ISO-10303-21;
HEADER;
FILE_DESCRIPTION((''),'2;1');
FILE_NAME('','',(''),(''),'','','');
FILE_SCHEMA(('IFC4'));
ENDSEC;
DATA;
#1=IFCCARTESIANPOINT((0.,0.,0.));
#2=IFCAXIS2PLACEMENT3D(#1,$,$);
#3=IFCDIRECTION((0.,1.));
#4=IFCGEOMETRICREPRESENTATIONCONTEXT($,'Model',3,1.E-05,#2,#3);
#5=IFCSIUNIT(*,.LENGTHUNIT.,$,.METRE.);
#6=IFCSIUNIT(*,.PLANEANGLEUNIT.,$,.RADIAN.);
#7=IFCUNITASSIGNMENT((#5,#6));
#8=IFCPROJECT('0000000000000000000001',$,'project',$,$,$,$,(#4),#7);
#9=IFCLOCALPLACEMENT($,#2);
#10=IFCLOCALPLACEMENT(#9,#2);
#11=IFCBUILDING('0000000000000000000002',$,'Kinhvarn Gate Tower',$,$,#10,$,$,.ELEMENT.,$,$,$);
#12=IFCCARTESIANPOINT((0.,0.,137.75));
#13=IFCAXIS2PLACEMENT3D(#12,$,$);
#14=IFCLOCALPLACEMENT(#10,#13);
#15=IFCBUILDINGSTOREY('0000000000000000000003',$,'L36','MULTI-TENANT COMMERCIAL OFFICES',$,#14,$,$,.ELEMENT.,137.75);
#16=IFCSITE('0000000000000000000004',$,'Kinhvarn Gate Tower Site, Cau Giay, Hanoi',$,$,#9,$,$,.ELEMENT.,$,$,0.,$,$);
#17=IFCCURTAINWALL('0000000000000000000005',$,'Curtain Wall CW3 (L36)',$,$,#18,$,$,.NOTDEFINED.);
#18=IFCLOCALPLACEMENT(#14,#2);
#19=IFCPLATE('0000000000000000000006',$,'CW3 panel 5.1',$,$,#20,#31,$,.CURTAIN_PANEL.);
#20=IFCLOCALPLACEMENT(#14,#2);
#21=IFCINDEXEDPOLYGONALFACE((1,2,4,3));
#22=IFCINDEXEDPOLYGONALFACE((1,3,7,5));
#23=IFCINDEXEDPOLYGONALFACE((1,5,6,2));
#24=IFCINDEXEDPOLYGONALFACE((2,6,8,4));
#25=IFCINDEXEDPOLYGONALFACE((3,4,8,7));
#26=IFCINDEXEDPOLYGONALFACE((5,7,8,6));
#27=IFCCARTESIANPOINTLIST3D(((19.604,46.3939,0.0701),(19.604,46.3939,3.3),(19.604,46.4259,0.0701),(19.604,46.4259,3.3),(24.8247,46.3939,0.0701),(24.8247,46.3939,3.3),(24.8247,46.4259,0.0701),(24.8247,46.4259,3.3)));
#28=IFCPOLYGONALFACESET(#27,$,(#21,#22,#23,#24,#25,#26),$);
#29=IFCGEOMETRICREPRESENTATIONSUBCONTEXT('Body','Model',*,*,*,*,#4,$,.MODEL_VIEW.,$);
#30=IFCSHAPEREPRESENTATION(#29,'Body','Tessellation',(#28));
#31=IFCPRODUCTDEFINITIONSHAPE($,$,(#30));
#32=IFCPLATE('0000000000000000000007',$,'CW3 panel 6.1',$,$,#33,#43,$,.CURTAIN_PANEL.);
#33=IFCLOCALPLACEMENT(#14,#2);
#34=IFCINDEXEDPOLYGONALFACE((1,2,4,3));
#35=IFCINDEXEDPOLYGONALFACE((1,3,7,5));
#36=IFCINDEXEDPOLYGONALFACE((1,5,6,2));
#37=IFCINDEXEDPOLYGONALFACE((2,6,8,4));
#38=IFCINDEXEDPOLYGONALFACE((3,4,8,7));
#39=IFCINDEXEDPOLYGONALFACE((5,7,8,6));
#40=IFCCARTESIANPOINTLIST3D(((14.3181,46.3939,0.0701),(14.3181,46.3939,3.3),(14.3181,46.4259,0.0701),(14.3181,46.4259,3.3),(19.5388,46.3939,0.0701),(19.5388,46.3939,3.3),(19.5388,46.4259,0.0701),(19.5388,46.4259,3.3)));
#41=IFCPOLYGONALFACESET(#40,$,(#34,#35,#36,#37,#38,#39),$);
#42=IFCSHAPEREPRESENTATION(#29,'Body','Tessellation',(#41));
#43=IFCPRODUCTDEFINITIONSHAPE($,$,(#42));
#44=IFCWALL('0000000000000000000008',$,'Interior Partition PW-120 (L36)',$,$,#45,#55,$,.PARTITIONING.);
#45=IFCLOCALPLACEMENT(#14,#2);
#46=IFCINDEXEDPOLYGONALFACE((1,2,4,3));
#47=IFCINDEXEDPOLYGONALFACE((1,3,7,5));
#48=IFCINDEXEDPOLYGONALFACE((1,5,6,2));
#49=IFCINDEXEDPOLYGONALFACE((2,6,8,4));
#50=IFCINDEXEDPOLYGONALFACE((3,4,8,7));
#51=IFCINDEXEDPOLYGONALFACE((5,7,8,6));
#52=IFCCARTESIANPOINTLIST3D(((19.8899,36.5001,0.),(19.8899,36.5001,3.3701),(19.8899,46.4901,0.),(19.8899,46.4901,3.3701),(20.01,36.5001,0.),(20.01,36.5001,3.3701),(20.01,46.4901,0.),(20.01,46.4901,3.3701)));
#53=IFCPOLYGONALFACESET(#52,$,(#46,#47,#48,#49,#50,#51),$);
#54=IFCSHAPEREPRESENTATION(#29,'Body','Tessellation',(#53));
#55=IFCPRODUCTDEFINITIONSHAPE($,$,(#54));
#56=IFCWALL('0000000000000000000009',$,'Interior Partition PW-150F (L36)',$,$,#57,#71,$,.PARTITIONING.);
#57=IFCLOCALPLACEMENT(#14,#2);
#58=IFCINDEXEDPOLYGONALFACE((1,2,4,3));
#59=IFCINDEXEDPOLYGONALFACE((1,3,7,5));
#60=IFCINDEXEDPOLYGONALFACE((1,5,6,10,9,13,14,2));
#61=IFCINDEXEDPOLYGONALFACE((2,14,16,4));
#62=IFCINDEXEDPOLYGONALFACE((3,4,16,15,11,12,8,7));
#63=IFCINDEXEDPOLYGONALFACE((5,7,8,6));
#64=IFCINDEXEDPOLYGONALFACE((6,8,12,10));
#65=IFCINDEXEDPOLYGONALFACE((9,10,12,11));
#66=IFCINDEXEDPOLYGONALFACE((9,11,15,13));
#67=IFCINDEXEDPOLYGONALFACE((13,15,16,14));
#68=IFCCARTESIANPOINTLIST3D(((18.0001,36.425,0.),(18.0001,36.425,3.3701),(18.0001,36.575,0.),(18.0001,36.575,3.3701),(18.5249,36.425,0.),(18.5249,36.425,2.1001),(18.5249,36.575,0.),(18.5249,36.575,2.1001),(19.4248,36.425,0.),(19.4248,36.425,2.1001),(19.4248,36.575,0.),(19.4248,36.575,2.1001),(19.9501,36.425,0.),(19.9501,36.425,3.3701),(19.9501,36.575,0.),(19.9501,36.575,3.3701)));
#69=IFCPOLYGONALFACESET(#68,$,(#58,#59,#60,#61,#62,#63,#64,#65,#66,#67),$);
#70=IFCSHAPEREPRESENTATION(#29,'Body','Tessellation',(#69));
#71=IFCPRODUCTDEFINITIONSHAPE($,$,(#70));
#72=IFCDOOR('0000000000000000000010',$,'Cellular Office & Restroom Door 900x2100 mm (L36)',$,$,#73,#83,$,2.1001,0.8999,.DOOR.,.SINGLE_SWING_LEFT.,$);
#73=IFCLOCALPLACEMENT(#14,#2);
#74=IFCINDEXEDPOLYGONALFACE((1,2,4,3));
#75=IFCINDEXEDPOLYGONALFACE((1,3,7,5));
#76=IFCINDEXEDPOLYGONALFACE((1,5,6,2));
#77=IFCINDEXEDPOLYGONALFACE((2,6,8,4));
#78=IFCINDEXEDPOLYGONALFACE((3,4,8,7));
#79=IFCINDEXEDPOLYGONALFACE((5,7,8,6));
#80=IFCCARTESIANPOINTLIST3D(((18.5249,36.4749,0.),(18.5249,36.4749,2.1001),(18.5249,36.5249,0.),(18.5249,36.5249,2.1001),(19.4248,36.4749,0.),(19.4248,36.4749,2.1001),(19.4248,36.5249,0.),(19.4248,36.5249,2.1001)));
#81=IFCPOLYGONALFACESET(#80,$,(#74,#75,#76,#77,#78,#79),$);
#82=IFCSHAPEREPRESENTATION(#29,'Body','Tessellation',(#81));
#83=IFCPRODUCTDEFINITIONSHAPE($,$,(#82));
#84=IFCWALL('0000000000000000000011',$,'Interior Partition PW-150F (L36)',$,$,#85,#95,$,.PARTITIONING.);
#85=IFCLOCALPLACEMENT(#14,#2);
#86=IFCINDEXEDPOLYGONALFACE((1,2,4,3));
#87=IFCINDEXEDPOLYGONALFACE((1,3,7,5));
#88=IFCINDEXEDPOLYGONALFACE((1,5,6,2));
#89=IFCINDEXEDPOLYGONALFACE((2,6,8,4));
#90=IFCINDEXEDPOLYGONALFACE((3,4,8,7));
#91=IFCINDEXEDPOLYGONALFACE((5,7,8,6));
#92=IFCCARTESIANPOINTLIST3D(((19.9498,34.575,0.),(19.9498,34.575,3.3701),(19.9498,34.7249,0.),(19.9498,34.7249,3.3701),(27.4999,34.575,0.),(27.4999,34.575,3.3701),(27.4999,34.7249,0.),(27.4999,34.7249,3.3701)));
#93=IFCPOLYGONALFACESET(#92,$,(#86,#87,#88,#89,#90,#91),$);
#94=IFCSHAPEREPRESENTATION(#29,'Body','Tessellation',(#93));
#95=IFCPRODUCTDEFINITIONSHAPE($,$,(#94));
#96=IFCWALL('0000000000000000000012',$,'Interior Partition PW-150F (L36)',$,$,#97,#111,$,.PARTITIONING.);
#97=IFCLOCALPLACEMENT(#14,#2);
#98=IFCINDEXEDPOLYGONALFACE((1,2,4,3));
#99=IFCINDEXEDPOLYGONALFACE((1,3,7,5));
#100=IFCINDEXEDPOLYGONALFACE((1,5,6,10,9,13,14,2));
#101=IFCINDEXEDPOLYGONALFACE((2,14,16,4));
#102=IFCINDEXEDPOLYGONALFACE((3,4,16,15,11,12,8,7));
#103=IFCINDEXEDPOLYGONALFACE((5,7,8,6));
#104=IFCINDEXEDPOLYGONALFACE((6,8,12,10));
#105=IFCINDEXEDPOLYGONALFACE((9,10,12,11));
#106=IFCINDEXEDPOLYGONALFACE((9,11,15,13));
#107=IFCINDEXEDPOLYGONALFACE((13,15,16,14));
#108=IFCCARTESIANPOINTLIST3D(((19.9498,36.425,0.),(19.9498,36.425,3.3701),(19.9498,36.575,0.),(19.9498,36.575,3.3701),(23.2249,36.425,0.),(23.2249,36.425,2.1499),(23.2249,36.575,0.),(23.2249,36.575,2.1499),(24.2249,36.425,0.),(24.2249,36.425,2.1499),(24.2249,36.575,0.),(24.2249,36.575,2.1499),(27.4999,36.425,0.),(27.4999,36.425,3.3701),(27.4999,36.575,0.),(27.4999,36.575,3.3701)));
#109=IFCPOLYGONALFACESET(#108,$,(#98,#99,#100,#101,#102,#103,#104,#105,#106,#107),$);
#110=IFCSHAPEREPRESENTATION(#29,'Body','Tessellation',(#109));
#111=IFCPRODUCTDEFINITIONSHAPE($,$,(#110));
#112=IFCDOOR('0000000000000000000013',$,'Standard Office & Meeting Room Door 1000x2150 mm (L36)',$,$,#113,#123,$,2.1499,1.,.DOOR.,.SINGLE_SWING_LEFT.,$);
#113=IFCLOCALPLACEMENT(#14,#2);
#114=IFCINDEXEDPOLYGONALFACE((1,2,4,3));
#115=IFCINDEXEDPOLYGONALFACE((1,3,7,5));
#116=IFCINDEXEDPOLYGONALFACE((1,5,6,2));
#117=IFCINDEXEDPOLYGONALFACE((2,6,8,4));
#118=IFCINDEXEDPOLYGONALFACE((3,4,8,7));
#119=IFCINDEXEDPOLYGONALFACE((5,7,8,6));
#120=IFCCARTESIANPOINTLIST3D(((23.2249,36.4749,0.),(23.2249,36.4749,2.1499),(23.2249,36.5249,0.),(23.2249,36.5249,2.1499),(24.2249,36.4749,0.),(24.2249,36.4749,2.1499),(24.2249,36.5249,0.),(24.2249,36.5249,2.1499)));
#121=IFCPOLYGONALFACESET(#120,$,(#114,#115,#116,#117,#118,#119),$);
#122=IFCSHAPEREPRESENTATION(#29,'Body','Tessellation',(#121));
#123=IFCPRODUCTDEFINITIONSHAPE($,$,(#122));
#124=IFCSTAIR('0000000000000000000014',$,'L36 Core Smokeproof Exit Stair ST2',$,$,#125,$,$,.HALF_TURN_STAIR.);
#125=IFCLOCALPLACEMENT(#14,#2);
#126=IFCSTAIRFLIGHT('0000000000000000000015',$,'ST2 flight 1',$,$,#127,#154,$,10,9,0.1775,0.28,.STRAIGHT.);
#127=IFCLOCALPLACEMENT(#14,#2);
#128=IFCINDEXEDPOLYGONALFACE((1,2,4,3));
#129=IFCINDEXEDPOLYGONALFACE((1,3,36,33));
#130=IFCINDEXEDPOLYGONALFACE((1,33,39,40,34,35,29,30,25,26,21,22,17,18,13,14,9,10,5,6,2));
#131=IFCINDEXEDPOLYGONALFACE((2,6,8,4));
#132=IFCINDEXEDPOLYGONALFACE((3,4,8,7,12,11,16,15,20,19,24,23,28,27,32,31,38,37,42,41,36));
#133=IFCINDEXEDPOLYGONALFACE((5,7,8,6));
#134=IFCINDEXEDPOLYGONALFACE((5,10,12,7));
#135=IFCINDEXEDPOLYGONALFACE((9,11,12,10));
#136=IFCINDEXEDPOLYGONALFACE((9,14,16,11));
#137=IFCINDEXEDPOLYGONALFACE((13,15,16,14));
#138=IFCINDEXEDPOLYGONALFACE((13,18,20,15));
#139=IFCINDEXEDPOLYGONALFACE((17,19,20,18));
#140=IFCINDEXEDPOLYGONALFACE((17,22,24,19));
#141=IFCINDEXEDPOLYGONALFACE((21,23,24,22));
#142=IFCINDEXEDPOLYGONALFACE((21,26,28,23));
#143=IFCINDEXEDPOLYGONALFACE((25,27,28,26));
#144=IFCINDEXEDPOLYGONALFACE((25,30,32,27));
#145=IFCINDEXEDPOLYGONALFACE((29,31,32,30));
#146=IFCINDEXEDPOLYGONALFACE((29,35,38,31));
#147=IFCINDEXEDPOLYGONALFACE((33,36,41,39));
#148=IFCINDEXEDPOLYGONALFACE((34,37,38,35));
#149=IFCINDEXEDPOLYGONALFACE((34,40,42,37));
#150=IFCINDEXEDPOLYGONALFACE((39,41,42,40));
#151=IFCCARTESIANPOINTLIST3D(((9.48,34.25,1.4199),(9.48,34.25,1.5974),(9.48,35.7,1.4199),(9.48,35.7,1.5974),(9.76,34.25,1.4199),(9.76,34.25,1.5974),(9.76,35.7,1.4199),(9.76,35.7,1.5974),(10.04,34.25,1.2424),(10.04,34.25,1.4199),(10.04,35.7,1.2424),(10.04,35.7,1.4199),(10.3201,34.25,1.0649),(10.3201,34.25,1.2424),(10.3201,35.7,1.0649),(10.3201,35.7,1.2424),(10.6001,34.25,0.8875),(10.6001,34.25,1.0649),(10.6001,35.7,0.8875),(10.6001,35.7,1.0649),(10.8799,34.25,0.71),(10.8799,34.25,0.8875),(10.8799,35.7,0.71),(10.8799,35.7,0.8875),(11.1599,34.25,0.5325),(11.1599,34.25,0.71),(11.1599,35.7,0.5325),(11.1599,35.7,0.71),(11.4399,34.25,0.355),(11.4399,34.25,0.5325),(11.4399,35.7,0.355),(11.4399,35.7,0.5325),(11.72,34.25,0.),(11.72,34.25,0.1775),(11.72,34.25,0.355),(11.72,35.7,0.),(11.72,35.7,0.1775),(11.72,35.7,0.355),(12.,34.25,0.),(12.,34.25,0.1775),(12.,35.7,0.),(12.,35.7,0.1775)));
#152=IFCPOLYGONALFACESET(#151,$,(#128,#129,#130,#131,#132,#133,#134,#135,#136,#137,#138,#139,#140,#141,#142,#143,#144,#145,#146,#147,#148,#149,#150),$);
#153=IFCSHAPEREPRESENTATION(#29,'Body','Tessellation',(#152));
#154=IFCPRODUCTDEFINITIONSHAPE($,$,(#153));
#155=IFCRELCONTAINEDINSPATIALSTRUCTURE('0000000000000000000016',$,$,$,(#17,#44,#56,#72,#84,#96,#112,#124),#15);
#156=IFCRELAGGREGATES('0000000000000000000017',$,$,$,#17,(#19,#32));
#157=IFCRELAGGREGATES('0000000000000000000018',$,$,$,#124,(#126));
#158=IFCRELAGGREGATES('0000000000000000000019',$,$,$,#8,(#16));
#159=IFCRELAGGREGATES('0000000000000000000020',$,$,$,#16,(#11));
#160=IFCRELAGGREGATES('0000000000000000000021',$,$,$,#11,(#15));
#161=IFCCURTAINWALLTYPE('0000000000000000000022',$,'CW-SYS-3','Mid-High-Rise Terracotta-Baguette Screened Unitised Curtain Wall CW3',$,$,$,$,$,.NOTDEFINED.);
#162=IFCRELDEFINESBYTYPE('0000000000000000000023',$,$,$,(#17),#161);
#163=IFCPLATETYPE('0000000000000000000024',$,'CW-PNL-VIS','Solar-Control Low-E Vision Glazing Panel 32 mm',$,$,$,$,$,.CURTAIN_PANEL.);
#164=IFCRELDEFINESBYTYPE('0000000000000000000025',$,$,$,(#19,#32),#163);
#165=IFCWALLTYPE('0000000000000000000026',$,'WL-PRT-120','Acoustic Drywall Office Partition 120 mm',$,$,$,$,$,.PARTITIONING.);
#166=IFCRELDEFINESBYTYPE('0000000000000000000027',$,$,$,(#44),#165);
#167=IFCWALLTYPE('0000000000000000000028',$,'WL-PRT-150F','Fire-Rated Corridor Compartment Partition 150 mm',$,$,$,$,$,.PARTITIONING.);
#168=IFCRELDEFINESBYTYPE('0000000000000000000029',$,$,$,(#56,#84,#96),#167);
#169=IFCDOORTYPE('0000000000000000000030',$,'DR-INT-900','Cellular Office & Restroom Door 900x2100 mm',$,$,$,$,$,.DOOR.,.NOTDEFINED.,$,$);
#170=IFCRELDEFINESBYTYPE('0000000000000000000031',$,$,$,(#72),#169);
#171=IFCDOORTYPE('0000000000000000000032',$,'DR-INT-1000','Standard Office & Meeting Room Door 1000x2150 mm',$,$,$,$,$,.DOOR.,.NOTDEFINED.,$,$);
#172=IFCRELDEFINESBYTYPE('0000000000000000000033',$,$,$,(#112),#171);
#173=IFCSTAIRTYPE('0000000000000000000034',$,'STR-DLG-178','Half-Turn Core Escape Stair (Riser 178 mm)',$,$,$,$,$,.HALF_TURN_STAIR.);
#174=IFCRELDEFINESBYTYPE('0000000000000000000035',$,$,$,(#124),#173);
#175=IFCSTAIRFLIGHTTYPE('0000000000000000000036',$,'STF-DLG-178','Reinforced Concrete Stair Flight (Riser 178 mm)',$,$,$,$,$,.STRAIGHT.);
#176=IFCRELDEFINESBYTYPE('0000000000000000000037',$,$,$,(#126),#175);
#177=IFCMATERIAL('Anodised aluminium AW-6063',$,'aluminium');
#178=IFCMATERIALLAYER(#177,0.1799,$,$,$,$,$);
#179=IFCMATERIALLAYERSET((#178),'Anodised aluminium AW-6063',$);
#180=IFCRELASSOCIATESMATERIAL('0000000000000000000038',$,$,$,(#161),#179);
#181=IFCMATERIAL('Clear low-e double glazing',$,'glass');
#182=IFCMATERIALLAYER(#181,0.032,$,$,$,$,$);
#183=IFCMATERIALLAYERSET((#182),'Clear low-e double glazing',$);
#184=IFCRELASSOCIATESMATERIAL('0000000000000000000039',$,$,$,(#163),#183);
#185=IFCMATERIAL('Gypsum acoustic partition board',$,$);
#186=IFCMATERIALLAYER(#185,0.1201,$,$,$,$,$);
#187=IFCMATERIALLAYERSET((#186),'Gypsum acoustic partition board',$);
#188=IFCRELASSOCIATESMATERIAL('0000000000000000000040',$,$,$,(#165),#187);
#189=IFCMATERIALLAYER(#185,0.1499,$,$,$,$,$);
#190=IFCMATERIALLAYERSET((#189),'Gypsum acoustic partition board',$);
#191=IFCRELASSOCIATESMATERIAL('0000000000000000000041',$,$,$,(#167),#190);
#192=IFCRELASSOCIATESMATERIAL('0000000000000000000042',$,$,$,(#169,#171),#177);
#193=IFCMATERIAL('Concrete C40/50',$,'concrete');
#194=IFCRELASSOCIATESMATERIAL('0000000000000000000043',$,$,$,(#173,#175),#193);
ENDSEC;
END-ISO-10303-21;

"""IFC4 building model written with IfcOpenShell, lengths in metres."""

from ifc_helpers import new_model, si_unit, direction, frame, frame_2d, origin, origin_2d, place, context, subcontext, project, spatial, polyline, rectangle, outline, extrude, material, layer, layer_set, type_object, element, fill, aggregate, save


model = new_model("IFC4")

# Units and contexts
model_context = context("Model", 3, precision=1e-05, world=origin(), true_north=direction((0.0, 1.0)))
body_context = subcontext(model_context, "Body", "Model", "MODEL_VIEW")
ifc_project = project(units=[si_unit("LENGTHUNIT", "METRE"), si_unit("PLANEANGLEUNIT", "RADIAN")], contexts=[model_context])

# Site, building, storey
site_placement = place(None, origin())
site = spatial("IfcSite", under=ifc_project, at=site_placement, Name="Kinhvarn Gate Tower Site, Cau Giay, Hanoi", CompositionType="ELEMENT", RefElevation=0.0)
building_placement = place(site_placement, origin())
building = spatial("IfcBuilding", under=site, at=building_placement, Name="Kinhvarn Gate Tower", CompositionType="ELEMENT")
storey_placement = place(building_placement, frame((0.0, 0.0, 137.75)))
storey = spatial("IfcBuildingStorey", under=building, at=storey_placement, Name="L36", Description="MULTI-TENANT COMMERCIAL OFFICES", CompositionType="ELEMENT", Elevation=137.75)

# Curtain wall
ifc_material_1 = material(Name="Anodised aluminium AW-6063", Category="aluminium")
ifc_layer_1 = layer(ifc_material_1, 0.1799)
ifc_layer_set_1 = layer_set([ifc_layer_1], Name="Anodised aluminium AW-6063")
curtain_wall_type = type_object("IfcCurtainWallType", Name="CW-SYS-3", Description="Mid-High-Rise Terracotta-Baguette Screened Unitised Curtain Wall CW3", PredefinedType="NOTDEFINED", material=ifc_layer_set_1)
curtain_wall_placement = place(storey_placement, origin())
curtain_wall = element("IfcCurtainWall", 1, at=curtain_wall_placement, inside=storey, type_object=curtain_wall_type, Name="Curtain Wall CW3 (L36)", PredefinedType="NOTDEFINED")

# Plates
ifc_material_2 = material(Name="Clear low-e double glazing", Category="glass")
ifc_layer_2 = layer(ifc_material_2, 0.032)
ifc_layer_set_2 = layer_set([ifc_layer_2], Name="Clear low-e double glazing")
plate_type = type_object("IfcPlateType", Name="CW-PNL-VIS", Description="Solar-Control Low-E Vision Glazing Panel 32 mm", PredefinedType="CURTAIN_PANEL", material=ifc_layer_set_2)
plate_1_placement = place(storey_placement, frame((22.2144, 46.4099, 0.0701), z_axis=(0.0, 0.0, 1.0), x_axis=(-1.0, 0.0, 0.0)))
plate_1 = element("IfcPlate", 2, at=plate_1_placement, type_object=plate_type, Name="CW3 panel 5.1", PredefinedType="CURTAIN_PANEL", context=body_context, shape_type="SweptSolid", body=[
    extrude(rectangle(XDim=5.2207, YDim=0.032, at=origin_2d()), origin(), (0.0, 0.0, 1.0), 3.23),
])
plate_2_placement = place(storey_placement, frame((16.9285, 46.4099, 0.0701), z_axis=(0.0, 0.0, 1.0), x_axis=(-1.0, 0.0, 0.0)))
plate_2 = element("IfcPlate", 3, at=plate_2_placement, type_object=plate_type, Name="CW3 panel 6.1", PredefinedType="CURTAIN_PANEL", context=body_context, shape_type="SweptSolid", body=[
    extrude(rectangle(XDim=5.2207, YDim=0.032, at=origin_2d()), origin(), (0.0, 0.0, 1.0), 3.23),
])
aggregate(curtain_wall, [plate_1, plate_2])

# Wall
ifc_material_3 = material(Name="Gypsum acoustic partition board")
ifc_layer_3 = layer(ifc_material_3, 0.1201)
ifc_layer_set_3 = layer_set([ifc_layer_3], Name="Gypsum acoustic partition board")
wall_type_1 = type_object("IfcWallType", Name="WL-PRT-120", Description="Acoustic Drywall Office Partition 120 mm", PredefinedType="PARTITIONING", material=ifc_layer_set_3)
wall_1_placement = place(storey_placement, frame((19.95, 36.5, 0.0), z_axis=(0.0, 0.0, 1.0), x_axis=(0.0, 1.0, 0.0)))
element("IfcWall", 4, at=wall_1_placement, inside=storey, type_object=wall_type_1, Name="Interior Partition PW-120 (L36)", PredefinedType="PARTITIONING", context=body_context, shape_type="SweptSolid", body=[
    extrude(rectangle(XDim=9.99, YDim=0.1201, at=frame_2d((4.9951, 0.0))), origin(), (0.0, 0.0, 1.0), 3.3701),
])

# Wall, opening, door
ifc_layer_4 = layer(ifc_material_3, 0.1499)
ifc_layer_set_4 = layer_set([ifc_layer_4], Name="Gypsum acoustic partition board")
wall_type_2 = type_object("IfcWallType", Name="WL-PRT-150F", Description="Fire-Rated Corridor Compartment Partition 150 mm", PredefinedType="PARTITIONING", material=ifc_layer_set_4)
wall_2_placement = place(storey_placement, frame((18.0, 36.5, 0.0), z_axis=(0.0, 0.0, 1.0), x_axis=(1.0, 0.0, 0.0)))
wall_2 = element("IfcWall", 5, at=wall_2_placement, inside=storey, type_object=wall_type_2, Name="Interior Partition PW-150F (L36)", PredefinedType="PARTITIONING", context=body_context, shape_type="SweptSolid", body=[
    extrude(rectangle(XDim=1.95, YDim=0.1499, at=frame_2d((0.9751, 0.0))), origin(), (0.0, 0.0, 1.0), 3.3701),
])
opening_1_placement = place(wall_2_placement, frame((0.5249, 0.0, 0.0)))
opening_1 = element("IfcOpeningElement", 6, at=opening_1_placement, cuts=wall_2, PredefinedType="OPENING", context=body_context, shape_type="SweptSolid", body=[
    extrude(rectangle(XDim=0.8999, YDim=2.1001, at=frame_2d((0.45, 1.05))), frame((0.0, 0.085, 0.0), z_axis=(0.0, -1.0, 0.0), x_axis=(1.0, 0.0, 0.0)), (0.0, 0.0, 1.0), 0.1699),
])
door_type_1 = type_object("IfcDoorType", Name="DR-INT-900", Description="Cellular Office & Restroom Door 900x2100 mm", OperationType="NOTDEFINED", PredefinedType="DOOR", material=ifc_material_1)
door_1_placement = place(opening_1_placement, origin())
door_1 = element("IfcDoor", 7, at=door_1_placement, inside=storey, type_object=door_type_1, Name="Cellular Office & Restroom Door 900x2100 mm (L36)", OperationType="SINGLE_SWING_LEFT", OverallHeight=2.1001, OverallWidth=0.8999, PredefinedType="DOOR", context=body_context, shape_type="SweptSolid", body=[
    extrude(rectangle(XDim=0.8999, YDim=2.1001, at=frame_2d((0.45, 1.05))), frame((0.0, 0.0249, 0.0), z_axis=(0.0, -1.0, 0.0), x_axis=(1.0, 0.0, 0.0)), (0.0, 0.0, 1.0), 0.05),
])
fill(opening_1, door_1)

# Wall
wall_3_placement = place(storey_placement, frame((19.95, 34.6499, 0.0), z_axis=(0.0, 0.0, 1.0), x_axis=(1.0, 0.0, 0.0)))
element("IfcWall", 8, at=wall_3_placement, inside=storey, type_object=wall_type_2, Name="Interior Partition PW-150F (L36)", PredefinedType="PARTITIONING", context=body_context, shape_type="SweptSolid", body=[
    extrude(rectangle(XDim=7.55, YDim=0.1499, at=frame_2d((3.7749, 0.0))), origin(), (0.0, 0.0, 1.0), 3.3701),
])

# Wall, opening, door
wall_4_placement = place(storey_placement, frame((19.95, 36.5, 0.0), z_axis=(0.0, 0.0, 1.0), x_axis=(1.0, 0.0, 0.0)))
wall_4 = element("IfcWall", 9, at=wall_4_placement, inside=storey, type_object=wall_type_2, Name="Interior Partition PW-150F (L36)", PredefinedType="PARTITIONING", context=body_context, shape_type="SweptSolid", body=[
    extrude(rectangle(XDim=7.55, YDim=0.1499, at=frame_2d((3.7749, 0.0))), origin(), (0.0, 0.0, 1.0), 3.3701),
])
opening_2_placement = place(wall_4_placement, frame((3.2749, 0.0, 0.0)))
opening_2 = element("IfcOpeningElement", 10, at=opening_2_placement, cuts=wall_4, PredefinedType="OPENING", context=body_context, shape_type="SweptSolid", body=[
    extrude(rectangle(XDim=1.0, YDim=2.1499, at=frame_2d((0.5, 1.075))), frame((0.0, 0.085, 0.0), z_axis=(0.0, -1.0, 0.0), x_axis=(1.0, 0.0, 0.0)), (0.0, 0.0, 1.0), 0.1699),
])
door_type_2 = type_object("IfcDoorType", Name="DR-INT-1000", Description="Standard Office & Meeting Room Door 1000x2150 mm", OperationType="NOTDEFINED", PredefinedType="DOOR", material=ifc_material_1)
door_2_placement = place(opening_2_placement, origin())
door_2 = element("IfcDoor", 11, at=door_2_placement, inside=storey, type_object=door_type_2, Name="Standard Office & Meeting Room Door 1000x2150 mm (L36)", OperationType="SINGLE_SWING_LEFT", OverallHeight=2.1499, OverallWidth=1.0, PredefinedType="DOOR", context=body_context, shape_type="SweptSolid", body=[
    extrude(rectangle(XDim=1.0, YDim=2.1499, at=frame_2d((0.5, 1.075))), frame((0.0, 0.0249, 0.0), z_axis=(0.0, -1.0, 0.0), x_axis=(1.0, 0.0, 0.0)), (0.0, 0.0, 1.0), 0.05),
])
fill(opening_2, door_2)
ifc_material_4 = material(Name="Concrete C40/50", Category="concrete")

# Stair, stair flight
stair_type = type_object("IfcStairType", Name="STR-DLG-178", Description="Half-Turn Core Escape Stair (Riser 178 mm)", PredefinedType="HALF_TURN_STAIR", material=ifc_material_4)
stair_placement = place(storey_placement, origin())
stair = element("IfcStair", 12, at=stair_placement, inside=storey, type_object=stair_type, Name="L36 Core Smokeproof Exit Stair ST2", PredefinedType="HALF_TURN_STAIR")
stair_flight_type = type_object("IfcStairFlightType", Name="STF-DLG-178", Description="Reinforced Concrete Stair Flight (Riser 178 mm)", PredefinedType="STRAIGHT", material=ifc_material_4)
stair_flight_placement = place(storey_placement, frame((12.0, 34.9751, 0.0), z_axis=(0.0, 0.0, 1.0), x_axis=(-1.0, 0.0, 0.0)))
stair_flight = element("IfcStairFlight", 13, at=stair_flight_placement, type_object=stair_flight_type, Name="ST2 flight 1", NumberOfRisers=10, NumberOfTreads=9, PredefinedType="STRAIGHT", RiserHeight=0.1775, TreadLength=0.28, context=body_context, shape_type="SweptSolid", body=[
    extrude(outline(polyline([(0.0, 0.0), (0.0, 0.1775), (0.28, 0.1775), (0.28, 0.355), (0.5601, 0.355), (0.5601, 0.5325), (0.8401, 0.5325), (0.8401, 0.71), (1.1201, 0.71), (1.1201, 0.8875), (1.3999, 0.8875), (1.3999, 1.0649), (1.6799, 1.0649), (1.6799, 1.2424), (1.96, 1.2424), (1.96, 1.4199), (2.24, 1.4199), (2.24, 1.5974), (2.52, 1.5974), (2.52, 1.7749), (2.52, 1.4199), (0.28, 0.0), (0.0, 0.0)])), frame((0.0, 0.7251, 0.0), z_axis=(0.0, -1.0, 0.0), x_axis=(1.0, 0.0, 0.0)), (0.0, 0.0, 1.0), 1.45),
])
aggregate(stair, [stair_flight])

save(model, "model.ifc")
